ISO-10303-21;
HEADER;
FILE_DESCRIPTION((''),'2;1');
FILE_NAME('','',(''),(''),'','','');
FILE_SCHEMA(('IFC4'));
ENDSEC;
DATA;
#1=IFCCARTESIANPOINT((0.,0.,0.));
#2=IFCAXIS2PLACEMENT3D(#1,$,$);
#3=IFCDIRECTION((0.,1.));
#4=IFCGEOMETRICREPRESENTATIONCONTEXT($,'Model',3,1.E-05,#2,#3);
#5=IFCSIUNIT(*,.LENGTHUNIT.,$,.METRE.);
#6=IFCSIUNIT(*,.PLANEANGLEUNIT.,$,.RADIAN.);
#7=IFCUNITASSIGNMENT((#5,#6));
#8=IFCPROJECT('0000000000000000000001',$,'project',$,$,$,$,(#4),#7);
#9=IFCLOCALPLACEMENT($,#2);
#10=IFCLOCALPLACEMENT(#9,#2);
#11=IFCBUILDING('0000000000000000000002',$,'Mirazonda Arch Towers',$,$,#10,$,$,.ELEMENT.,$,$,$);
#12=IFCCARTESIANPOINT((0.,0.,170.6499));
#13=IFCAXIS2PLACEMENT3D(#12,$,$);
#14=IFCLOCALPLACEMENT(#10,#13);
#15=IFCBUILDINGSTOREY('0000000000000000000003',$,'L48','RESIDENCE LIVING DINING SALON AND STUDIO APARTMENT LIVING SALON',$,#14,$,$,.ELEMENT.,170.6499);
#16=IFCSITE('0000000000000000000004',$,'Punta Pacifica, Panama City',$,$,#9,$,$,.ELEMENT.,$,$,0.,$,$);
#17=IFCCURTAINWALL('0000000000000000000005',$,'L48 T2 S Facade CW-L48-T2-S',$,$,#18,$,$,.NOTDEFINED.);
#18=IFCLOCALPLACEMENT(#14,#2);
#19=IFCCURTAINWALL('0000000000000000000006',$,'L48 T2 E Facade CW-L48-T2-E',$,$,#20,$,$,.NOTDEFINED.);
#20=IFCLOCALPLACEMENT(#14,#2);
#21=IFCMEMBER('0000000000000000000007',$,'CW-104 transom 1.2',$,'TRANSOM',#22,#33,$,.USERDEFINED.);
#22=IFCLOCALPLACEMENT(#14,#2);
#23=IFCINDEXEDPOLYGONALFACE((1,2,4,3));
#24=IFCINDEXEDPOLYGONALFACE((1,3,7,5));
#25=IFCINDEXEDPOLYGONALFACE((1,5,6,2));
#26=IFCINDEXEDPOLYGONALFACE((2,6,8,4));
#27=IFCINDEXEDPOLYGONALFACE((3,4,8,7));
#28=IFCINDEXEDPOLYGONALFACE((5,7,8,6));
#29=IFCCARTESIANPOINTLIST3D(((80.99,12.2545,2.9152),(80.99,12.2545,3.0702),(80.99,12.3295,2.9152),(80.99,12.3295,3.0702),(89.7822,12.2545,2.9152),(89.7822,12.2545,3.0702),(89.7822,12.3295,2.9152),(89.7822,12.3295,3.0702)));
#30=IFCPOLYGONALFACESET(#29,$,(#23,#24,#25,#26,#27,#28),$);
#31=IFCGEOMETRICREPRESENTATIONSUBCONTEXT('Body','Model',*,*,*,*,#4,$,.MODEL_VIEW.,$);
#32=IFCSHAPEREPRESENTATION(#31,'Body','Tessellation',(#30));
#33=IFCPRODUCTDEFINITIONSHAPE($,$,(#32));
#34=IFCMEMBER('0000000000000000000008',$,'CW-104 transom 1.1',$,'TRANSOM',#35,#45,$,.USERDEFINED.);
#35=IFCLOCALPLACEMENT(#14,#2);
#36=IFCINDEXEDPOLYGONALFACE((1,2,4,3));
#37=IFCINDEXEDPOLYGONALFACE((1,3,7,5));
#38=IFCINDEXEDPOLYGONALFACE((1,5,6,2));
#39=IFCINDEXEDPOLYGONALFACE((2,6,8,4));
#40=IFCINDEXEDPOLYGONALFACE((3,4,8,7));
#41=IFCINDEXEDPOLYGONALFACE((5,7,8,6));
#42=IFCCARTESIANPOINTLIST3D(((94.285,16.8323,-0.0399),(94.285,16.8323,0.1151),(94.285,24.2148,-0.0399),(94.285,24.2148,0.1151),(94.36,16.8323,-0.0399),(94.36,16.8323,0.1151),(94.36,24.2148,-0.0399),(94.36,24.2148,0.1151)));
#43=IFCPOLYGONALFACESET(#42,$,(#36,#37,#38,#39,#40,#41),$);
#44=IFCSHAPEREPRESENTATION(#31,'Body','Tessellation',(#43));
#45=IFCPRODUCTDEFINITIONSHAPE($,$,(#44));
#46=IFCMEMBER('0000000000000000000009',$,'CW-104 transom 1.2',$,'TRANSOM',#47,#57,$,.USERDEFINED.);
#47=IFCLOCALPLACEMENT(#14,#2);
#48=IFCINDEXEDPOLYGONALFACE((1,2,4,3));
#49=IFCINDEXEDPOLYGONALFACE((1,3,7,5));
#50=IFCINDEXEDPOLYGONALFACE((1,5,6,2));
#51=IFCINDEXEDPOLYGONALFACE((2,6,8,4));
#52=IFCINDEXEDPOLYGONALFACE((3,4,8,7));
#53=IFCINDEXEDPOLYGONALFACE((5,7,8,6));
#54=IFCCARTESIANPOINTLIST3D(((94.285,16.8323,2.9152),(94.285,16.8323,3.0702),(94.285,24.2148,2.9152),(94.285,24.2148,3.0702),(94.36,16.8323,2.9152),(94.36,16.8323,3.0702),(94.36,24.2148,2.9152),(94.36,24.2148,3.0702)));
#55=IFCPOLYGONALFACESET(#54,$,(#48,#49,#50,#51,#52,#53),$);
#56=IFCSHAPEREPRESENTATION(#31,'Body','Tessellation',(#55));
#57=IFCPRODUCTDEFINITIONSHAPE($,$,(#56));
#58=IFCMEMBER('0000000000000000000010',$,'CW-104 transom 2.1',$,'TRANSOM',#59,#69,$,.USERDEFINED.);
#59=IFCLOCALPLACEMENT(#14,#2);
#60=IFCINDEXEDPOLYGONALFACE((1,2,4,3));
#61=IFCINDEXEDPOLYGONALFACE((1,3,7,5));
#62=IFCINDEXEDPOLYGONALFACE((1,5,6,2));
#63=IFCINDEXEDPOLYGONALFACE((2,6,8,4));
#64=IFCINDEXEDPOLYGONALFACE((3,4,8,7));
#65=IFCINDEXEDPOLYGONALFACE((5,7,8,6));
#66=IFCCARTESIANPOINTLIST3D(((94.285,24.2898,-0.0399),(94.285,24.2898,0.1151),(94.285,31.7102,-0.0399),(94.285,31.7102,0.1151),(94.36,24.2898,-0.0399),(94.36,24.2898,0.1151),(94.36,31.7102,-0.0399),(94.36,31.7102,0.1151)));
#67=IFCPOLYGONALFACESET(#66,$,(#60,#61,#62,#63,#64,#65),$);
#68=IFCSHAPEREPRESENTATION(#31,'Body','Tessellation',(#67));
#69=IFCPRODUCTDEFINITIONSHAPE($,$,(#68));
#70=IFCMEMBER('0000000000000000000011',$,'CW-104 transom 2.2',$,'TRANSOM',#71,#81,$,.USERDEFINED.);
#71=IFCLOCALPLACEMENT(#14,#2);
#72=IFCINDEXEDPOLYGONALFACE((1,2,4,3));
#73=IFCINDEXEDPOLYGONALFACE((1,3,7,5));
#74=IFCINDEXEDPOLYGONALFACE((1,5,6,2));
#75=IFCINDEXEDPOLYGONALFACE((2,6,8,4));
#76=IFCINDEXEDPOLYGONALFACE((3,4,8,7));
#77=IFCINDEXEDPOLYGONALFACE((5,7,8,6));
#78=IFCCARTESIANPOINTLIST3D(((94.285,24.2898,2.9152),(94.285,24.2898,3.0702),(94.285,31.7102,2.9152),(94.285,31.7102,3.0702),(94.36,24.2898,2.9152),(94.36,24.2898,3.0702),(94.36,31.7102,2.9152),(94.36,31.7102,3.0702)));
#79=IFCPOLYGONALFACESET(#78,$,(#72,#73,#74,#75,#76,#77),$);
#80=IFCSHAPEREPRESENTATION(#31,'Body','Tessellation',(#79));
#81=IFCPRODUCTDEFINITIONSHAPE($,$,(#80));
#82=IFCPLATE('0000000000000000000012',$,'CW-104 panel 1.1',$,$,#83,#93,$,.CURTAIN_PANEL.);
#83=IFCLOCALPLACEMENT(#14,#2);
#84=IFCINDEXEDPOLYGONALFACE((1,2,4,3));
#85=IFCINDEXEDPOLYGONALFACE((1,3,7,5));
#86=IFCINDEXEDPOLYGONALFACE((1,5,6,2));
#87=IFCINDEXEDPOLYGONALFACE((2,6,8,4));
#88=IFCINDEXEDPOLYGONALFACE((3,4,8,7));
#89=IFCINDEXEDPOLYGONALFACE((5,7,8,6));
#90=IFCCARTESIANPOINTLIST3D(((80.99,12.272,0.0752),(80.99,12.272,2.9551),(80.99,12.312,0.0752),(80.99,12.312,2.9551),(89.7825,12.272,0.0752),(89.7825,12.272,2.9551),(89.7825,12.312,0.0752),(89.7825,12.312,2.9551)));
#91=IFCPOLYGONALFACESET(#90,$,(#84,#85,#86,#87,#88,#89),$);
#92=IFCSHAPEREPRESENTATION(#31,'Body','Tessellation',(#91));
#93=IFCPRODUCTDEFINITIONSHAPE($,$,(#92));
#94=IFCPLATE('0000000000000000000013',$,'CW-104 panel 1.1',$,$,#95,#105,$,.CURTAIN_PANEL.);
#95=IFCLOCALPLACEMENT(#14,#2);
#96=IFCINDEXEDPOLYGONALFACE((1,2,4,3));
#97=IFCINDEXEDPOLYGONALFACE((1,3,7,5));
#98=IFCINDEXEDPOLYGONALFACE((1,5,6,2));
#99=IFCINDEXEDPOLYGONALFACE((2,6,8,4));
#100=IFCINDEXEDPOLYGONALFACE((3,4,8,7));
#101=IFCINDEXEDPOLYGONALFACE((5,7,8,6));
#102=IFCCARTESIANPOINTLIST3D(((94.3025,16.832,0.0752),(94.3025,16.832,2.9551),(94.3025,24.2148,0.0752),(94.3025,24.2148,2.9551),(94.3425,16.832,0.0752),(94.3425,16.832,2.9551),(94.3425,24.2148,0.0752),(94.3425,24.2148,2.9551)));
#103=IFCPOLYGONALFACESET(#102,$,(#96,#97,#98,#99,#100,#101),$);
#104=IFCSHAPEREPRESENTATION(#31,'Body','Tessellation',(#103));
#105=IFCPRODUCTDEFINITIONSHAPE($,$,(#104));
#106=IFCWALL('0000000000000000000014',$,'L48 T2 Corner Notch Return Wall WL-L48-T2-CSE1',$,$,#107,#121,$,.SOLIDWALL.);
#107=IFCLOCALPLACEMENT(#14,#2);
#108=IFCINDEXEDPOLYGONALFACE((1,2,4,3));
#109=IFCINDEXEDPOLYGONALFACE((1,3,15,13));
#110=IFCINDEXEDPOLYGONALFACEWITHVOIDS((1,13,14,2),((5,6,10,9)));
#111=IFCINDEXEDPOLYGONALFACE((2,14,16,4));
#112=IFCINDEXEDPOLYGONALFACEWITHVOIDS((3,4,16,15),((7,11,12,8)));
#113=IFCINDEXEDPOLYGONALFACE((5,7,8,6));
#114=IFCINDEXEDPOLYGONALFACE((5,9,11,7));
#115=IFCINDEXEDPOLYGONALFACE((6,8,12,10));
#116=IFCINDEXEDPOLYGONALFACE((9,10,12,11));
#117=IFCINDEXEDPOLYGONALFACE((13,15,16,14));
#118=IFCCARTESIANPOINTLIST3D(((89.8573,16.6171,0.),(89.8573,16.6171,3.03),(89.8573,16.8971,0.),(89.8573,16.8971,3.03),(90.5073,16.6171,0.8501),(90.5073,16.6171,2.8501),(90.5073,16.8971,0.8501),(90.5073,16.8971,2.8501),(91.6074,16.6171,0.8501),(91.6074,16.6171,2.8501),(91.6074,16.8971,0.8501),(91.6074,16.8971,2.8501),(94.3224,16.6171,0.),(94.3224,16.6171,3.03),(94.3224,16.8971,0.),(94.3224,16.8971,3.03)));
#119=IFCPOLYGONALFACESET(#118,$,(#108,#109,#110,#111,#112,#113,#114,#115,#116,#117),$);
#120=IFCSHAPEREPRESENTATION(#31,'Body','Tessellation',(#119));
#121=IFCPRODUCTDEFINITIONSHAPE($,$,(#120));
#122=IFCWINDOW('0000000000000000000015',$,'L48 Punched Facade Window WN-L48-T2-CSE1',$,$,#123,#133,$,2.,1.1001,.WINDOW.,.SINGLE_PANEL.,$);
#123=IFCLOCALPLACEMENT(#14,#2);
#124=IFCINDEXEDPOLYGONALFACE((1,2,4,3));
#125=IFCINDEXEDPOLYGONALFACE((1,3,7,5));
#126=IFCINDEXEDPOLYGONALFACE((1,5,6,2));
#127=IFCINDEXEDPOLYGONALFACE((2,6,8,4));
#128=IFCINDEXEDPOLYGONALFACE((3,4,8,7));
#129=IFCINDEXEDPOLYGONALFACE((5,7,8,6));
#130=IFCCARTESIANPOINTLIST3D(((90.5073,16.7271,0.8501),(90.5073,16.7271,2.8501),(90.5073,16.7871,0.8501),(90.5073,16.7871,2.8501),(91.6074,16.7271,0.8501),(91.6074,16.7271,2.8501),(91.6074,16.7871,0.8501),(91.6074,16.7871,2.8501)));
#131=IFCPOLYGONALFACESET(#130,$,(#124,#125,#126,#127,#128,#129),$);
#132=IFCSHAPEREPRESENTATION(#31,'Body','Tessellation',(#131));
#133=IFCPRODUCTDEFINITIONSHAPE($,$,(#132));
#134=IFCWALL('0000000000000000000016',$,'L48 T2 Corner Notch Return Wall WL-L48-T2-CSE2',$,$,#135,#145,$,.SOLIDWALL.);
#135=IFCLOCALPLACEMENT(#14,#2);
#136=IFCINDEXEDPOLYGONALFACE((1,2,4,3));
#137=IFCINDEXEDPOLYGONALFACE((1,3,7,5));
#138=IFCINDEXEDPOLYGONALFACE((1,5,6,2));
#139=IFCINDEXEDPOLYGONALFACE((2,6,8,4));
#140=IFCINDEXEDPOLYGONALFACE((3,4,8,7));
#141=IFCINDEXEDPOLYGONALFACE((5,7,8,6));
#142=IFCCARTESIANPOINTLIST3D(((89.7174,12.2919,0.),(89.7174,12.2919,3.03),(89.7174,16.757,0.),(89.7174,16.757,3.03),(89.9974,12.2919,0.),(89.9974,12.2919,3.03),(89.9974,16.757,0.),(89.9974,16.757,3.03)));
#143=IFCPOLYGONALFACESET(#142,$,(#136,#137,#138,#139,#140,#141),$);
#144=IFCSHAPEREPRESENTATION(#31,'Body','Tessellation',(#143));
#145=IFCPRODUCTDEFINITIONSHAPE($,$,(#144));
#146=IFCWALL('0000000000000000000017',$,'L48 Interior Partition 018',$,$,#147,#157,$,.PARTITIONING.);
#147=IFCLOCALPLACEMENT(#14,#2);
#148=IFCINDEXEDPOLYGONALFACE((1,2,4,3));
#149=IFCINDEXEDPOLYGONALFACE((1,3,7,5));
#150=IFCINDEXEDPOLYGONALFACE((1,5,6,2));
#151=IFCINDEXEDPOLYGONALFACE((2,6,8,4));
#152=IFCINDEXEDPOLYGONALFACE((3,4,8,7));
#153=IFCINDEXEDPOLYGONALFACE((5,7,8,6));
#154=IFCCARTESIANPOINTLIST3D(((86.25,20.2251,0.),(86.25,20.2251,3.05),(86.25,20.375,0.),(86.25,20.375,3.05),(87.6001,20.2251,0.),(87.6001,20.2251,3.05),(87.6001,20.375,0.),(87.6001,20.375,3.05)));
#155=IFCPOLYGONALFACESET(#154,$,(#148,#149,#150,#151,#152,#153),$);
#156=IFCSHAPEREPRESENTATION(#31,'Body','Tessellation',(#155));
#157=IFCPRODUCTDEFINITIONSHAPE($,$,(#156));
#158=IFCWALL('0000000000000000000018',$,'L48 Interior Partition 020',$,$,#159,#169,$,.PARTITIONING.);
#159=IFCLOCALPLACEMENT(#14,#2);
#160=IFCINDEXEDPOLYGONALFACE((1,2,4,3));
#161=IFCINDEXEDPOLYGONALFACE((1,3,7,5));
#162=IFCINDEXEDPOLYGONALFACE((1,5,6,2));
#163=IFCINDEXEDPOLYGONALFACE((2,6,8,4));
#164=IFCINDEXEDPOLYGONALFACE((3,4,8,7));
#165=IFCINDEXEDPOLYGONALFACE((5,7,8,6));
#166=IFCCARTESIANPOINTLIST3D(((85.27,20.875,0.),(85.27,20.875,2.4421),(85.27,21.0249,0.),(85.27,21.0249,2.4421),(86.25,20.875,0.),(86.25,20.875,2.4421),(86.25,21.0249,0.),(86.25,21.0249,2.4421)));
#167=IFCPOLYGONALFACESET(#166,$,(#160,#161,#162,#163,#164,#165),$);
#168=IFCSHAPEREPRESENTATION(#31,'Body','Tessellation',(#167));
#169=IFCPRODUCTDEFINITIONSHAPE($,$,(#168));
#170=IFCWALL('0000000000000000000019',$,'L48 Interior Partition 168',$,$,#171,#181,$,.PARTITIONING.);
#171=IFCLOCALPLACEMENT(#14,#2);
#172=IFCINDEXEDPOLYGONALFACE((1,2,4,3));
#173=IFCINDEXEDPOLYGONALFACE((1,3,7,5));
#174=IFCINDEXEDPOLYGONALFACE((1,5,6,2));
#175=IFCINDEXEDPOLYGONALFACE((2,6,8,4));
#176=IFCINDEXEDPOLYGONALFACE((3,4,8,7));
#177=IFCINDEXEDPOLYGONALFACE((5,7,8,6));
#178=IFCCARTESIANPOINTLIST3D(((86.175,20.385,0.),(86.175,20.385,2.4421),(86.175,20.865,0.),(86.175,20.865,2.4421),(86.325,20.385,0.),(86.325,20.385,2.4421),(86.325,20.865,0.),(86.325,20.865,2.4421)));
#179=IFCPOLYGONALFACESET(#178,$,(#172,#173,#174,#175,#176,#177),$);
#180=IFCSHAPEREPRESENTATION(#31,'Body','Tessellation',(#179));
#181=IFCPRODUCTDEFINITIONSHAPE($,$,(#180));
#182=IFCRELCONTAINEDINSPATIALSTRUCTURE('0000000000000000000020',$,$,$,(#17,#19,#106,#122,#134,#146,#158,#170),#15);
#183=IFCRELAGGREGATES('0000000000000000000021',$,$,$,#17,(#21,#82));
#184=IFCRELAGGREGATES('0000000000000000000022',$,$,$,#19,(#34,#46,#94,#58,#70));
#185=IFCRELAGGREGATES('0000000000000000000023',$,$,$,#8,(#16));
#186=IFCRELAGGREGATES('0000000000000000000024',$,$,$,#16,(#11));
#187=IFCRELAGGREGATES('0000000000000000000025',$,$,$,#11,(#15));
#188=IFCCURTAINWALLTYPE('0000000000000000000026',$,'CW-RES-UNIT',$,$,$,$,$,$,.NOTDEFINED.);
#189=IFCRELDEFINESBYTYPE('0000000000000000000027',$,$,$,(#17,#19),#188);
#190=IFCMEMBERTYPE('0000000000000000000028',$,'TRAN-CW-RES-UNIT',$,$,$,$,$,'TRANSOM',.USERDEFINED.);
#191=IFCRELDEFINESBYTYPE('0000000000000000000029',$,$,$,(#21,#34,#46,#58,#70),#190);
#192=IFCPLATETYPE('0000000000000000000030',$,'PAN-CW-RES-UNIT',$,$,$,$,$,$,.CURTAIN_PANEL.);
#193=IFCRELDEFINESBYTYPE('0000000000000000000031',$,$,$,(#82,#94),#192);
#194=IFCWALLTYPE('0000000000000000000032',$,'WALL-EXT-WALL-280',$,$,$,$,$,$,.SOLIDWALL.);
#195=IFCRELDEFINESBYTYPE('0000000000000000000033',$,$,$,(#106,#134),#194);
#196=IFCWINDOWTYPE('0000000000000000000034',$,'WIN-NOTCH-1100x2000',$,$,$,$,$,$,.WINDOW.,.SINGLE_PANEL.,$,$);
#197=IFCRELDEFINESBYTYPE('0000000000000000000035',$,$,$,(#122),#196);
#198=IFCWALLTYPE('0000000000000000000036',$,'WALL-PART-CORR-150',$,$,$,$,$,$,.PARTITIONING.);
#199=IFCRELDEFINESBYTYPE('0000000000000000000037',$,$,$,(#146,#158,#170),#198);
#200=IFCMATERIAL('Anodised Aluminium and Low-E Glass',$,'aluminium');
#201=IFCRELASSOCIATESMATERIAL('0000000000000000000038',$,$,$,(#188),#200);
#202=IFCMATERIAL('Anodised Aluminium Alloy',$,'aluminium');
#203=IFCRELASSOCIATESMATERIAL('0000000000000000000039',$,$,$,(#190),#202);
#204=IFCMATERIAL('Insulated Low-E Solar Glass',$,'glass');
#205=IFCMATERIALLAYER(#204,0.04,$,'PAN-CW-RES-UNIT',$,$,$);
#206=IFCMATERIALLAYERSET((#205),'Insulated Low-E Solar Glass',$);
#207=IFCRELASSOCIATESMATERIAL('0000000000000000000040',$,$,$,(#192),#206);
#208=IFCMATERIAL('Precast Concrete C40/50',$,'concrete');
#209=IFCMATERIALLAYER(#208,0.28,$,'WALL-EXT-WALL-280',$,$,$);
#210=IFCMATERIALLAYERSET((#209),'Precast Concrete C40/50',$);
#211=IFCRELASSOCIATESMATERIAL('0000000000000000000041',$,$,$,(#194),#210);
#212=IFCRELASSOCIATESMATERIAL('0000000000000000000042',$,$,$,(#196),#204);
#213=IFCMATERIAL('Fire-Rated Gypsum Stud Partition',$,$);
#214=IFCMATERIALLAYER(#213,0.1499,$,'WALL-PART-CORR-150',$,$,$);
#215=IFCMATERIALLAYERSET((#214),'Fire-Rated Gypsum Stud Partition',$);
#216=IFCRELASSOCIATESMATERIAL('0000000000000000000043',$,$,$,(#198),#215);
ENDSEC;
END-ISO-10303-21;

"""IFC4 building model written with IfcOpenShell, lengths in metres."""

from ifc_helpers import new_model, si_unit, direction, frame, frame_2d, origin, origin_2d, place, context, subcontext, project, spatial, rectangle, extrude, material, layer, layer_set, material_profile, profile_set, type_object, element, fill, aggregate, save


model = new_model("IFC4")

# Units and contexts
model_context = context("Model", 3, precision=1e-05, world=origin(), true_north=direction((0.0, 1.0)))
body_context = subcontext(model_context, "Body", "Model", "MODEL_VIEW")
ifc_project = project(units=[si_unit("LENGTHUNIT", "METRE"), si_unit("PLANEANGLEUNIT", "RADIAN")], contexts=[model_context])

# Site, building, storey
site_placement = place(None, origin())
site = spatial("IfcSite", under=ifc_project, at=site_placement, Name="Punta Pacifica, Panama City", CompositionType="ELEMENT", RefElevation=0.0)
building_placement = place(site_placement, origin())
building = spatial("IfcBuilding", under=site, at=building_placement, Name="Mirazonda Arch Towers", CompositionType="ELEMENT")
storey_placement = place(building_placement, frame((0.0, 0.0, 170.6499)))
storey = spatial("IfcBuildingStorey", under=building, at=storey_placement, Name="L48", Description="RESIDENCE LIVING DINING SALON AND STUDIO APARTMENT LIVING SALON", CompositionType="ELEMENT", Elevation=170.6499)

# Curtain wall
ifc_material_1 = material(Name="Anodised Aluminium and Low-E Glass", Category="aluminium")
curtain_wall_type = type_object("IfcCurtainWallType", Name="CW-RES-UNIT", PredefinedType="NOTDEFINED", material=ifc_material_1)
curtain_wall_1_placement = place(storey_placement, origin())
curtain_wall_1 = element("IfcCurtainWall", 1, at=curtain_wall_1_placement, inside=storey, type_object=curtain_wall_type, Name="L48 T2 S Facade CW-L48-T2-S", PredefinedType="NOTDEFINED")
ifc_material_2 = material(Name="Anodised Aluminium Alloy", Category="aluminium")

# Curtain wall
curtain_wall_2_placement = place(storey_placement, origin())
curtain_wall_2 = element("IfcCurtainWall", 2, at=curtain_wall_2_placement, inside=storey, type_object=curtain_wall_type, Name="L48 T2 E Facade CW-L48-T2-E", PredefinedType="NOTDEFINED")

# Members
ifc_material_profile_1 = material_profile(ifc_material_2, rectangle(XDim=0.075, YDim=0.155, at=origin_2d()), Name="ALU-TRAN-75x155")
ifc_profile_set_1 = profile_set([ifc_material_profile_1], Name="Anodised Aluminium Alloy")
member_type_1 = type_object("IfcMemberType", Name="TRAN-CW-RES-UNIT", ElementType="TRANSOM", PredefinedType="USERDEFINED", material=ifc_profile_set_1)
member_1_placement = place(storey_placement, frame((89.7822, 12.292, 2.9927), z_axis=(-1.0, 0.0, 0.0), x_axis=(0.0, -1.0, 0.0)))
member_1 = element("IfcMember", 3, at=member_1_placement, type_object=member_type_1, Name="CW-104 transom 1.2", ObjectType="TRANSOM", PredefinedType="USERDEFINED", context=body_context, shape_type="SweptSolid", body=[
    extrude(rectangle(XDim=0.075, YDim=0.155, at=origin_2d()), origin(), (0.0, 0.0, 1.0), 8.7922),
])
member_2_placement = place(storey_placement, frame((94.3225, 16.8323, 0.0376), z_axis=(0.0, 1.0, 0.0), x_axis=(-1.0, 0.0, 0.0)))
member_2 = element("IfcMember", 4, at=member_2_placement, type_object=member_type_1, Name="CW-104 transom 1.1", ObjectType="TRANSOM", PredefinedType="USERDEFINED", context=body_context, shape_type="SweptSolid", body=[
    extrude(rectangle(XDim=0.075, YDim=0.155, at=origin_2d()), origin(), (0.0, 0.0, 1.0), 7.3826),
])
member_3_placement = place(storey_placement, frame((94.3225, 16.8323, 2.9927), z_axis=(0.0, 1.0, 0.0), x_axis=(-1.0, 0.0, 0.0)))
member_3 = element("IfcMember", 5, at=member_3_placement, type_object=member_type_1, Name="CW-104 transom 1.2", ObjectType="TRANSOM", PredefinedType="USERDEFINED", context=body_context, shape_type="SweptSolid", body=[
    extrude(rectangle(XDim=0.075, YDim=0.155, at=origin_2d()), origin(), (0.0, 0.0, 1.0), 7.3826),
])
member_4_placement = place(storey_placement, frame((94.3225, 24.2898, 0.0376), z_axis=(0.0, 1.0, 0.0), x_axis=(-1.0, 0.0, 0.0)))
member_4 = element("IfcMember", 6, at=member_4_placement, type_object=member_type_1, Name="CW-104 transom 2.1", ObjectType="TRANSOM", PredefinedType="USERDEFINED", context=body_context, shape_type="SweptSolid", body=[
    extrude(rectangle(XDim=0.075, YDim=0.155, at=origin_2d()), origin(), (0.0, 0.0, 1.0), 7.4204),
])
member_5_placement = place(storey_placement, frame((94.3225, 24.2898, 2.9927), z_axis=(0.0, 1.0, 0.0), x_axis=(-1.0, 0.0, 0.0)))
member_5 = element("IfcMember", 7, at=member_5_placement, type_object=member_type_1, Name="CW-104 transom 2.2", ObjectType="TRANSOM", PredefinedType="USERDEFINED", context=body_context, shape_type="SweptSolid", body=[
    extrude(rectangle(XDim=0.075, YDim=0.155, at=origin_2d()), origin(), (0.0, 0.0, 1.0), 7.4204),
])

# Plates
ifc_material_3 = material(Name="Insulated Low-E Solar Glass", Category="glass")
ifc_layer_1 = layer(ifc_material_3, 0.04, Name="PAN-CW-RES-UNIT")
ifc_layer_set_1 = layer_set([ifc_layer_1], Name="Insulated Low-E Solar Glass")
plate_type = type_object("IfcPlateType", Name="PAN-CW-RES-UNIT", PredefinedType="CURTAIN_PANEL", material=ifc_layer_set_1)
plate_1_placement = place(storey_placement, frame((85.3862, 12.292, 0.0752), z_axis=(0.0, 0.0, 1.0), x_axis=(-1.0, 0.0, 0.0)))
plate_1 = element("IfcPlate", 8, at=plate_1_placement, type_object=plate_type, Name="CW-104 panel 1.1", PredefinedType="CURTAIN_PANEL", context=body_context, shape_type="SweptSolid", body=[
    extrude(rectangle(XDim=8.7925, YDim=0.04, at=origin_2d()), origin(), (0.0, 0.0, 1.0), 2.8799),
])
aggregate(curtain_wall_1, [member_1, plate_1])
plate_2_placement = place(storey_placement, frame((94.3225, 20.5234, 0.0752), z_axis=(0.0, 0.0, 1.0), x_axis=(0.0, 1.0, 0.0)))
plate_2 = element("IfcPlate", 9, at=plate_2_placement, type_object=plate_type, Name="CW-104 panel 1.1", PredefinedType="CURTAIN_PANEL", context=body_context, shape_type="SweptSolid", body=[
    extrude(rectangle(XDim=7.3828, YDim=0.04, at=origin_2d()), origin(), (0.0, 0.0, 1.0), 2.8799),
])
aggregate(curtain_wall_2, [member_2, member_3, plate_2, member_4, member_5])

# Wall, opening, window
ifc_material_4 = material(Name="Precast Concrete C40/50", Category="concrete")
ifc_layer_2 = layer(ifc_material_4, 0.28, Name="WALL-EXT-WALL-280")
ifc_layer_set_2 = layer_set([ifc_layer_2], Name="Precast Concrete C40/50")
wall_type_1 = type_object("IfcWallType", Name="WALL-EXT-WALL-280", PredefinedType="SOLIDWALL", material=ifc_layer_set_2)
wall_1_placement = place(storey_placement, frame((89.8574, 16.7571, 0.0), z_axis=(0.0, 0.0, 1.0), x_axis=(1.0, 0.0, 0.0)))
wall_1 = element("IfcWall", 10, at=wall_1_placement, inside=storey, type_object=wall_type_1, Name="L48 T2 Corner Notch Return Wall WL-L48-T2-CSE1", PredefinedType="SOLIDWALL", context=body_context, shape_type="SweptSolid", body=[
    extrude(rectangle(XDim=4.4651, YDim=0.28, at=frame_2d((2.2324, 0.0))), origin(), (0.0, 0.0, 1.0), 3.03),
])
opening_1_placement = place(wall_1_placement, frame((0.6499, 0.0, 0.8501)))
opening_1 = element("IfcOpeningElement", 11, at=opening_1_placement, cuts=wall_1, PredefinedType="OPENING", context=body_context, shape_type="SweptSolid", body=[
    extrude(rectangle(XDim=1.1001, YDim=2.0, at=frame_2d((0.55, 1.0))), frame((0.0, 0.1499, 0.0), z_axis=(0.0, -1.0, 0.0), x_axis=(1.0, 0.0, 0.0)), (0.0, 0.0, 1.0), 0.3),
])
window_type = type_object("IfcWindowType", Name="WIN-NOTCH-1100x2000", PartitioningType="SINGLE_PANEL", PredefinedType="WINDOW", material=ifc_material_3)
window_placement = place(opening_1_placement, origin())
window = element("IfcWindow", 12, at=window_placement, inside=storey, type_object=window_type, Name="L48 Punched Facade Window WN-L48-T2-CSE1", OverallHeight=2.0, OverallWidth=1.1001, PartitioningType="SINGLE_PANEL", PredefinedType="WINDOW", context=body_context, shape_type="SweptSolid", body=[
    extrude(rectangle(XDim=1.1001, YDim=2.0, at=frame_2d((0.55, 1.0))), frame((0.0, 0.03, 0.0), z_axis=(0.0, -1.0, 0.0), x_axis=(1.0, 0.0, 0.0)), (0.0, 0.0, 1.0), 0.0601),
])
fill(opening_1, window)

# Walls
wall_2_placement = place(storey_placement, frame((89.8574, 12.292, 0.0), z_axis=(0.0, 0.0, 1.0), x_axis=(0.0, 1.0, 0.0)))
element("IfcWall", 13, at=wall_2_placement, inside=storey, type_object=wall_type_1, Name="L48 T2 Corner Notch Return Wall WL-L48-T2-CSE2", PredefinedType="SOLIDWALL", context=body_context, shape_type="SweptSolid", body=[
    extrude(rectangle(XDim=4.4651, YDim=0.28, at=frame_2d((2.2324, 0.0))), origin(), (0.0, 0.0, 1.0), 3.03),
])
ifc_material_5 = material(Name="Fire-Rated Gypsum Stud Partition")
ifc_layer_3 = layer(ifc_material_5, 0.1499, Name="WALL-PART-CORR-150")
ifc_layer_set_3 = layer_set([ifc_layer_3], Name="Fire-Rated Gypsum Stud Partition")
wall_type_2 = type_object("IfcWallType", Name="WALL-PART-CORR-150", PredefinedType="PARTITIONING", material=ifc_layer_set_3)
wall_3_placement = place(storey_placement, frame((86.25, 20.3, 0.0), z_axis=(0.0, 0.0, 1.0), x_axis=(1.0, 0.0, 0.0)))
element("IfcWall", 14, at=wall_3_placement, inside=storey, type_object=wall_type_2, Name="L48 Interior Partition 018", PredefinedType="PARTITIONING", context=body_context, shape_type="SweptSolid", body=[
    extrude(rectangle(XDim=1.3501, YDim=0.1499, at=frame_2d((0.675, 0.0))), origin(), (0.0, 0.0, 1.0), 3.05),
])
wall_4_placement = place(storey_placement, frame((85.27, 20.95, 0.0), z_axis=(0.0, 0.0, 1.0), x_axis=(1.0, 0.0, 0.0)))
element("IfcWall", 15, at=wall_4_placement, inside=storey, type_object=wall_type_2, Name="L48 Interior Partition 020", PredefinedType="PARTITIONING", context=body_context, shape_type="SweptSolid", body=[
    extrude(rectangle(XDim=0.98, YDim=0.1499, at=frame_2d((0.49, 0.0))), origin(), (0.0, 0.0, 1.0), 2.4421),
])
wall_5_placement = place(storey_placement, frame((86.25, 20.385, 0.0), z_axis=(0.0, 0.0, 1.0), x_axis=(0.0, 1.0, 0.0)))
element("IfcWall", 16, at=wall_5_placement, inside=storey, type_object=wall_type_2, Name="L48 Interior Partition 168", PredefinedType="PARTITIONING", context=body_context, shape_type="SweptSolid", body=[
    extrude(rectangle(XDim=0.48, YDim=0.1499, at=frame_2d((0.24, 0.0))), origin(), (0.0, 0.0, 1.0), 2.4421),
])

save(model, "model.ifc")
